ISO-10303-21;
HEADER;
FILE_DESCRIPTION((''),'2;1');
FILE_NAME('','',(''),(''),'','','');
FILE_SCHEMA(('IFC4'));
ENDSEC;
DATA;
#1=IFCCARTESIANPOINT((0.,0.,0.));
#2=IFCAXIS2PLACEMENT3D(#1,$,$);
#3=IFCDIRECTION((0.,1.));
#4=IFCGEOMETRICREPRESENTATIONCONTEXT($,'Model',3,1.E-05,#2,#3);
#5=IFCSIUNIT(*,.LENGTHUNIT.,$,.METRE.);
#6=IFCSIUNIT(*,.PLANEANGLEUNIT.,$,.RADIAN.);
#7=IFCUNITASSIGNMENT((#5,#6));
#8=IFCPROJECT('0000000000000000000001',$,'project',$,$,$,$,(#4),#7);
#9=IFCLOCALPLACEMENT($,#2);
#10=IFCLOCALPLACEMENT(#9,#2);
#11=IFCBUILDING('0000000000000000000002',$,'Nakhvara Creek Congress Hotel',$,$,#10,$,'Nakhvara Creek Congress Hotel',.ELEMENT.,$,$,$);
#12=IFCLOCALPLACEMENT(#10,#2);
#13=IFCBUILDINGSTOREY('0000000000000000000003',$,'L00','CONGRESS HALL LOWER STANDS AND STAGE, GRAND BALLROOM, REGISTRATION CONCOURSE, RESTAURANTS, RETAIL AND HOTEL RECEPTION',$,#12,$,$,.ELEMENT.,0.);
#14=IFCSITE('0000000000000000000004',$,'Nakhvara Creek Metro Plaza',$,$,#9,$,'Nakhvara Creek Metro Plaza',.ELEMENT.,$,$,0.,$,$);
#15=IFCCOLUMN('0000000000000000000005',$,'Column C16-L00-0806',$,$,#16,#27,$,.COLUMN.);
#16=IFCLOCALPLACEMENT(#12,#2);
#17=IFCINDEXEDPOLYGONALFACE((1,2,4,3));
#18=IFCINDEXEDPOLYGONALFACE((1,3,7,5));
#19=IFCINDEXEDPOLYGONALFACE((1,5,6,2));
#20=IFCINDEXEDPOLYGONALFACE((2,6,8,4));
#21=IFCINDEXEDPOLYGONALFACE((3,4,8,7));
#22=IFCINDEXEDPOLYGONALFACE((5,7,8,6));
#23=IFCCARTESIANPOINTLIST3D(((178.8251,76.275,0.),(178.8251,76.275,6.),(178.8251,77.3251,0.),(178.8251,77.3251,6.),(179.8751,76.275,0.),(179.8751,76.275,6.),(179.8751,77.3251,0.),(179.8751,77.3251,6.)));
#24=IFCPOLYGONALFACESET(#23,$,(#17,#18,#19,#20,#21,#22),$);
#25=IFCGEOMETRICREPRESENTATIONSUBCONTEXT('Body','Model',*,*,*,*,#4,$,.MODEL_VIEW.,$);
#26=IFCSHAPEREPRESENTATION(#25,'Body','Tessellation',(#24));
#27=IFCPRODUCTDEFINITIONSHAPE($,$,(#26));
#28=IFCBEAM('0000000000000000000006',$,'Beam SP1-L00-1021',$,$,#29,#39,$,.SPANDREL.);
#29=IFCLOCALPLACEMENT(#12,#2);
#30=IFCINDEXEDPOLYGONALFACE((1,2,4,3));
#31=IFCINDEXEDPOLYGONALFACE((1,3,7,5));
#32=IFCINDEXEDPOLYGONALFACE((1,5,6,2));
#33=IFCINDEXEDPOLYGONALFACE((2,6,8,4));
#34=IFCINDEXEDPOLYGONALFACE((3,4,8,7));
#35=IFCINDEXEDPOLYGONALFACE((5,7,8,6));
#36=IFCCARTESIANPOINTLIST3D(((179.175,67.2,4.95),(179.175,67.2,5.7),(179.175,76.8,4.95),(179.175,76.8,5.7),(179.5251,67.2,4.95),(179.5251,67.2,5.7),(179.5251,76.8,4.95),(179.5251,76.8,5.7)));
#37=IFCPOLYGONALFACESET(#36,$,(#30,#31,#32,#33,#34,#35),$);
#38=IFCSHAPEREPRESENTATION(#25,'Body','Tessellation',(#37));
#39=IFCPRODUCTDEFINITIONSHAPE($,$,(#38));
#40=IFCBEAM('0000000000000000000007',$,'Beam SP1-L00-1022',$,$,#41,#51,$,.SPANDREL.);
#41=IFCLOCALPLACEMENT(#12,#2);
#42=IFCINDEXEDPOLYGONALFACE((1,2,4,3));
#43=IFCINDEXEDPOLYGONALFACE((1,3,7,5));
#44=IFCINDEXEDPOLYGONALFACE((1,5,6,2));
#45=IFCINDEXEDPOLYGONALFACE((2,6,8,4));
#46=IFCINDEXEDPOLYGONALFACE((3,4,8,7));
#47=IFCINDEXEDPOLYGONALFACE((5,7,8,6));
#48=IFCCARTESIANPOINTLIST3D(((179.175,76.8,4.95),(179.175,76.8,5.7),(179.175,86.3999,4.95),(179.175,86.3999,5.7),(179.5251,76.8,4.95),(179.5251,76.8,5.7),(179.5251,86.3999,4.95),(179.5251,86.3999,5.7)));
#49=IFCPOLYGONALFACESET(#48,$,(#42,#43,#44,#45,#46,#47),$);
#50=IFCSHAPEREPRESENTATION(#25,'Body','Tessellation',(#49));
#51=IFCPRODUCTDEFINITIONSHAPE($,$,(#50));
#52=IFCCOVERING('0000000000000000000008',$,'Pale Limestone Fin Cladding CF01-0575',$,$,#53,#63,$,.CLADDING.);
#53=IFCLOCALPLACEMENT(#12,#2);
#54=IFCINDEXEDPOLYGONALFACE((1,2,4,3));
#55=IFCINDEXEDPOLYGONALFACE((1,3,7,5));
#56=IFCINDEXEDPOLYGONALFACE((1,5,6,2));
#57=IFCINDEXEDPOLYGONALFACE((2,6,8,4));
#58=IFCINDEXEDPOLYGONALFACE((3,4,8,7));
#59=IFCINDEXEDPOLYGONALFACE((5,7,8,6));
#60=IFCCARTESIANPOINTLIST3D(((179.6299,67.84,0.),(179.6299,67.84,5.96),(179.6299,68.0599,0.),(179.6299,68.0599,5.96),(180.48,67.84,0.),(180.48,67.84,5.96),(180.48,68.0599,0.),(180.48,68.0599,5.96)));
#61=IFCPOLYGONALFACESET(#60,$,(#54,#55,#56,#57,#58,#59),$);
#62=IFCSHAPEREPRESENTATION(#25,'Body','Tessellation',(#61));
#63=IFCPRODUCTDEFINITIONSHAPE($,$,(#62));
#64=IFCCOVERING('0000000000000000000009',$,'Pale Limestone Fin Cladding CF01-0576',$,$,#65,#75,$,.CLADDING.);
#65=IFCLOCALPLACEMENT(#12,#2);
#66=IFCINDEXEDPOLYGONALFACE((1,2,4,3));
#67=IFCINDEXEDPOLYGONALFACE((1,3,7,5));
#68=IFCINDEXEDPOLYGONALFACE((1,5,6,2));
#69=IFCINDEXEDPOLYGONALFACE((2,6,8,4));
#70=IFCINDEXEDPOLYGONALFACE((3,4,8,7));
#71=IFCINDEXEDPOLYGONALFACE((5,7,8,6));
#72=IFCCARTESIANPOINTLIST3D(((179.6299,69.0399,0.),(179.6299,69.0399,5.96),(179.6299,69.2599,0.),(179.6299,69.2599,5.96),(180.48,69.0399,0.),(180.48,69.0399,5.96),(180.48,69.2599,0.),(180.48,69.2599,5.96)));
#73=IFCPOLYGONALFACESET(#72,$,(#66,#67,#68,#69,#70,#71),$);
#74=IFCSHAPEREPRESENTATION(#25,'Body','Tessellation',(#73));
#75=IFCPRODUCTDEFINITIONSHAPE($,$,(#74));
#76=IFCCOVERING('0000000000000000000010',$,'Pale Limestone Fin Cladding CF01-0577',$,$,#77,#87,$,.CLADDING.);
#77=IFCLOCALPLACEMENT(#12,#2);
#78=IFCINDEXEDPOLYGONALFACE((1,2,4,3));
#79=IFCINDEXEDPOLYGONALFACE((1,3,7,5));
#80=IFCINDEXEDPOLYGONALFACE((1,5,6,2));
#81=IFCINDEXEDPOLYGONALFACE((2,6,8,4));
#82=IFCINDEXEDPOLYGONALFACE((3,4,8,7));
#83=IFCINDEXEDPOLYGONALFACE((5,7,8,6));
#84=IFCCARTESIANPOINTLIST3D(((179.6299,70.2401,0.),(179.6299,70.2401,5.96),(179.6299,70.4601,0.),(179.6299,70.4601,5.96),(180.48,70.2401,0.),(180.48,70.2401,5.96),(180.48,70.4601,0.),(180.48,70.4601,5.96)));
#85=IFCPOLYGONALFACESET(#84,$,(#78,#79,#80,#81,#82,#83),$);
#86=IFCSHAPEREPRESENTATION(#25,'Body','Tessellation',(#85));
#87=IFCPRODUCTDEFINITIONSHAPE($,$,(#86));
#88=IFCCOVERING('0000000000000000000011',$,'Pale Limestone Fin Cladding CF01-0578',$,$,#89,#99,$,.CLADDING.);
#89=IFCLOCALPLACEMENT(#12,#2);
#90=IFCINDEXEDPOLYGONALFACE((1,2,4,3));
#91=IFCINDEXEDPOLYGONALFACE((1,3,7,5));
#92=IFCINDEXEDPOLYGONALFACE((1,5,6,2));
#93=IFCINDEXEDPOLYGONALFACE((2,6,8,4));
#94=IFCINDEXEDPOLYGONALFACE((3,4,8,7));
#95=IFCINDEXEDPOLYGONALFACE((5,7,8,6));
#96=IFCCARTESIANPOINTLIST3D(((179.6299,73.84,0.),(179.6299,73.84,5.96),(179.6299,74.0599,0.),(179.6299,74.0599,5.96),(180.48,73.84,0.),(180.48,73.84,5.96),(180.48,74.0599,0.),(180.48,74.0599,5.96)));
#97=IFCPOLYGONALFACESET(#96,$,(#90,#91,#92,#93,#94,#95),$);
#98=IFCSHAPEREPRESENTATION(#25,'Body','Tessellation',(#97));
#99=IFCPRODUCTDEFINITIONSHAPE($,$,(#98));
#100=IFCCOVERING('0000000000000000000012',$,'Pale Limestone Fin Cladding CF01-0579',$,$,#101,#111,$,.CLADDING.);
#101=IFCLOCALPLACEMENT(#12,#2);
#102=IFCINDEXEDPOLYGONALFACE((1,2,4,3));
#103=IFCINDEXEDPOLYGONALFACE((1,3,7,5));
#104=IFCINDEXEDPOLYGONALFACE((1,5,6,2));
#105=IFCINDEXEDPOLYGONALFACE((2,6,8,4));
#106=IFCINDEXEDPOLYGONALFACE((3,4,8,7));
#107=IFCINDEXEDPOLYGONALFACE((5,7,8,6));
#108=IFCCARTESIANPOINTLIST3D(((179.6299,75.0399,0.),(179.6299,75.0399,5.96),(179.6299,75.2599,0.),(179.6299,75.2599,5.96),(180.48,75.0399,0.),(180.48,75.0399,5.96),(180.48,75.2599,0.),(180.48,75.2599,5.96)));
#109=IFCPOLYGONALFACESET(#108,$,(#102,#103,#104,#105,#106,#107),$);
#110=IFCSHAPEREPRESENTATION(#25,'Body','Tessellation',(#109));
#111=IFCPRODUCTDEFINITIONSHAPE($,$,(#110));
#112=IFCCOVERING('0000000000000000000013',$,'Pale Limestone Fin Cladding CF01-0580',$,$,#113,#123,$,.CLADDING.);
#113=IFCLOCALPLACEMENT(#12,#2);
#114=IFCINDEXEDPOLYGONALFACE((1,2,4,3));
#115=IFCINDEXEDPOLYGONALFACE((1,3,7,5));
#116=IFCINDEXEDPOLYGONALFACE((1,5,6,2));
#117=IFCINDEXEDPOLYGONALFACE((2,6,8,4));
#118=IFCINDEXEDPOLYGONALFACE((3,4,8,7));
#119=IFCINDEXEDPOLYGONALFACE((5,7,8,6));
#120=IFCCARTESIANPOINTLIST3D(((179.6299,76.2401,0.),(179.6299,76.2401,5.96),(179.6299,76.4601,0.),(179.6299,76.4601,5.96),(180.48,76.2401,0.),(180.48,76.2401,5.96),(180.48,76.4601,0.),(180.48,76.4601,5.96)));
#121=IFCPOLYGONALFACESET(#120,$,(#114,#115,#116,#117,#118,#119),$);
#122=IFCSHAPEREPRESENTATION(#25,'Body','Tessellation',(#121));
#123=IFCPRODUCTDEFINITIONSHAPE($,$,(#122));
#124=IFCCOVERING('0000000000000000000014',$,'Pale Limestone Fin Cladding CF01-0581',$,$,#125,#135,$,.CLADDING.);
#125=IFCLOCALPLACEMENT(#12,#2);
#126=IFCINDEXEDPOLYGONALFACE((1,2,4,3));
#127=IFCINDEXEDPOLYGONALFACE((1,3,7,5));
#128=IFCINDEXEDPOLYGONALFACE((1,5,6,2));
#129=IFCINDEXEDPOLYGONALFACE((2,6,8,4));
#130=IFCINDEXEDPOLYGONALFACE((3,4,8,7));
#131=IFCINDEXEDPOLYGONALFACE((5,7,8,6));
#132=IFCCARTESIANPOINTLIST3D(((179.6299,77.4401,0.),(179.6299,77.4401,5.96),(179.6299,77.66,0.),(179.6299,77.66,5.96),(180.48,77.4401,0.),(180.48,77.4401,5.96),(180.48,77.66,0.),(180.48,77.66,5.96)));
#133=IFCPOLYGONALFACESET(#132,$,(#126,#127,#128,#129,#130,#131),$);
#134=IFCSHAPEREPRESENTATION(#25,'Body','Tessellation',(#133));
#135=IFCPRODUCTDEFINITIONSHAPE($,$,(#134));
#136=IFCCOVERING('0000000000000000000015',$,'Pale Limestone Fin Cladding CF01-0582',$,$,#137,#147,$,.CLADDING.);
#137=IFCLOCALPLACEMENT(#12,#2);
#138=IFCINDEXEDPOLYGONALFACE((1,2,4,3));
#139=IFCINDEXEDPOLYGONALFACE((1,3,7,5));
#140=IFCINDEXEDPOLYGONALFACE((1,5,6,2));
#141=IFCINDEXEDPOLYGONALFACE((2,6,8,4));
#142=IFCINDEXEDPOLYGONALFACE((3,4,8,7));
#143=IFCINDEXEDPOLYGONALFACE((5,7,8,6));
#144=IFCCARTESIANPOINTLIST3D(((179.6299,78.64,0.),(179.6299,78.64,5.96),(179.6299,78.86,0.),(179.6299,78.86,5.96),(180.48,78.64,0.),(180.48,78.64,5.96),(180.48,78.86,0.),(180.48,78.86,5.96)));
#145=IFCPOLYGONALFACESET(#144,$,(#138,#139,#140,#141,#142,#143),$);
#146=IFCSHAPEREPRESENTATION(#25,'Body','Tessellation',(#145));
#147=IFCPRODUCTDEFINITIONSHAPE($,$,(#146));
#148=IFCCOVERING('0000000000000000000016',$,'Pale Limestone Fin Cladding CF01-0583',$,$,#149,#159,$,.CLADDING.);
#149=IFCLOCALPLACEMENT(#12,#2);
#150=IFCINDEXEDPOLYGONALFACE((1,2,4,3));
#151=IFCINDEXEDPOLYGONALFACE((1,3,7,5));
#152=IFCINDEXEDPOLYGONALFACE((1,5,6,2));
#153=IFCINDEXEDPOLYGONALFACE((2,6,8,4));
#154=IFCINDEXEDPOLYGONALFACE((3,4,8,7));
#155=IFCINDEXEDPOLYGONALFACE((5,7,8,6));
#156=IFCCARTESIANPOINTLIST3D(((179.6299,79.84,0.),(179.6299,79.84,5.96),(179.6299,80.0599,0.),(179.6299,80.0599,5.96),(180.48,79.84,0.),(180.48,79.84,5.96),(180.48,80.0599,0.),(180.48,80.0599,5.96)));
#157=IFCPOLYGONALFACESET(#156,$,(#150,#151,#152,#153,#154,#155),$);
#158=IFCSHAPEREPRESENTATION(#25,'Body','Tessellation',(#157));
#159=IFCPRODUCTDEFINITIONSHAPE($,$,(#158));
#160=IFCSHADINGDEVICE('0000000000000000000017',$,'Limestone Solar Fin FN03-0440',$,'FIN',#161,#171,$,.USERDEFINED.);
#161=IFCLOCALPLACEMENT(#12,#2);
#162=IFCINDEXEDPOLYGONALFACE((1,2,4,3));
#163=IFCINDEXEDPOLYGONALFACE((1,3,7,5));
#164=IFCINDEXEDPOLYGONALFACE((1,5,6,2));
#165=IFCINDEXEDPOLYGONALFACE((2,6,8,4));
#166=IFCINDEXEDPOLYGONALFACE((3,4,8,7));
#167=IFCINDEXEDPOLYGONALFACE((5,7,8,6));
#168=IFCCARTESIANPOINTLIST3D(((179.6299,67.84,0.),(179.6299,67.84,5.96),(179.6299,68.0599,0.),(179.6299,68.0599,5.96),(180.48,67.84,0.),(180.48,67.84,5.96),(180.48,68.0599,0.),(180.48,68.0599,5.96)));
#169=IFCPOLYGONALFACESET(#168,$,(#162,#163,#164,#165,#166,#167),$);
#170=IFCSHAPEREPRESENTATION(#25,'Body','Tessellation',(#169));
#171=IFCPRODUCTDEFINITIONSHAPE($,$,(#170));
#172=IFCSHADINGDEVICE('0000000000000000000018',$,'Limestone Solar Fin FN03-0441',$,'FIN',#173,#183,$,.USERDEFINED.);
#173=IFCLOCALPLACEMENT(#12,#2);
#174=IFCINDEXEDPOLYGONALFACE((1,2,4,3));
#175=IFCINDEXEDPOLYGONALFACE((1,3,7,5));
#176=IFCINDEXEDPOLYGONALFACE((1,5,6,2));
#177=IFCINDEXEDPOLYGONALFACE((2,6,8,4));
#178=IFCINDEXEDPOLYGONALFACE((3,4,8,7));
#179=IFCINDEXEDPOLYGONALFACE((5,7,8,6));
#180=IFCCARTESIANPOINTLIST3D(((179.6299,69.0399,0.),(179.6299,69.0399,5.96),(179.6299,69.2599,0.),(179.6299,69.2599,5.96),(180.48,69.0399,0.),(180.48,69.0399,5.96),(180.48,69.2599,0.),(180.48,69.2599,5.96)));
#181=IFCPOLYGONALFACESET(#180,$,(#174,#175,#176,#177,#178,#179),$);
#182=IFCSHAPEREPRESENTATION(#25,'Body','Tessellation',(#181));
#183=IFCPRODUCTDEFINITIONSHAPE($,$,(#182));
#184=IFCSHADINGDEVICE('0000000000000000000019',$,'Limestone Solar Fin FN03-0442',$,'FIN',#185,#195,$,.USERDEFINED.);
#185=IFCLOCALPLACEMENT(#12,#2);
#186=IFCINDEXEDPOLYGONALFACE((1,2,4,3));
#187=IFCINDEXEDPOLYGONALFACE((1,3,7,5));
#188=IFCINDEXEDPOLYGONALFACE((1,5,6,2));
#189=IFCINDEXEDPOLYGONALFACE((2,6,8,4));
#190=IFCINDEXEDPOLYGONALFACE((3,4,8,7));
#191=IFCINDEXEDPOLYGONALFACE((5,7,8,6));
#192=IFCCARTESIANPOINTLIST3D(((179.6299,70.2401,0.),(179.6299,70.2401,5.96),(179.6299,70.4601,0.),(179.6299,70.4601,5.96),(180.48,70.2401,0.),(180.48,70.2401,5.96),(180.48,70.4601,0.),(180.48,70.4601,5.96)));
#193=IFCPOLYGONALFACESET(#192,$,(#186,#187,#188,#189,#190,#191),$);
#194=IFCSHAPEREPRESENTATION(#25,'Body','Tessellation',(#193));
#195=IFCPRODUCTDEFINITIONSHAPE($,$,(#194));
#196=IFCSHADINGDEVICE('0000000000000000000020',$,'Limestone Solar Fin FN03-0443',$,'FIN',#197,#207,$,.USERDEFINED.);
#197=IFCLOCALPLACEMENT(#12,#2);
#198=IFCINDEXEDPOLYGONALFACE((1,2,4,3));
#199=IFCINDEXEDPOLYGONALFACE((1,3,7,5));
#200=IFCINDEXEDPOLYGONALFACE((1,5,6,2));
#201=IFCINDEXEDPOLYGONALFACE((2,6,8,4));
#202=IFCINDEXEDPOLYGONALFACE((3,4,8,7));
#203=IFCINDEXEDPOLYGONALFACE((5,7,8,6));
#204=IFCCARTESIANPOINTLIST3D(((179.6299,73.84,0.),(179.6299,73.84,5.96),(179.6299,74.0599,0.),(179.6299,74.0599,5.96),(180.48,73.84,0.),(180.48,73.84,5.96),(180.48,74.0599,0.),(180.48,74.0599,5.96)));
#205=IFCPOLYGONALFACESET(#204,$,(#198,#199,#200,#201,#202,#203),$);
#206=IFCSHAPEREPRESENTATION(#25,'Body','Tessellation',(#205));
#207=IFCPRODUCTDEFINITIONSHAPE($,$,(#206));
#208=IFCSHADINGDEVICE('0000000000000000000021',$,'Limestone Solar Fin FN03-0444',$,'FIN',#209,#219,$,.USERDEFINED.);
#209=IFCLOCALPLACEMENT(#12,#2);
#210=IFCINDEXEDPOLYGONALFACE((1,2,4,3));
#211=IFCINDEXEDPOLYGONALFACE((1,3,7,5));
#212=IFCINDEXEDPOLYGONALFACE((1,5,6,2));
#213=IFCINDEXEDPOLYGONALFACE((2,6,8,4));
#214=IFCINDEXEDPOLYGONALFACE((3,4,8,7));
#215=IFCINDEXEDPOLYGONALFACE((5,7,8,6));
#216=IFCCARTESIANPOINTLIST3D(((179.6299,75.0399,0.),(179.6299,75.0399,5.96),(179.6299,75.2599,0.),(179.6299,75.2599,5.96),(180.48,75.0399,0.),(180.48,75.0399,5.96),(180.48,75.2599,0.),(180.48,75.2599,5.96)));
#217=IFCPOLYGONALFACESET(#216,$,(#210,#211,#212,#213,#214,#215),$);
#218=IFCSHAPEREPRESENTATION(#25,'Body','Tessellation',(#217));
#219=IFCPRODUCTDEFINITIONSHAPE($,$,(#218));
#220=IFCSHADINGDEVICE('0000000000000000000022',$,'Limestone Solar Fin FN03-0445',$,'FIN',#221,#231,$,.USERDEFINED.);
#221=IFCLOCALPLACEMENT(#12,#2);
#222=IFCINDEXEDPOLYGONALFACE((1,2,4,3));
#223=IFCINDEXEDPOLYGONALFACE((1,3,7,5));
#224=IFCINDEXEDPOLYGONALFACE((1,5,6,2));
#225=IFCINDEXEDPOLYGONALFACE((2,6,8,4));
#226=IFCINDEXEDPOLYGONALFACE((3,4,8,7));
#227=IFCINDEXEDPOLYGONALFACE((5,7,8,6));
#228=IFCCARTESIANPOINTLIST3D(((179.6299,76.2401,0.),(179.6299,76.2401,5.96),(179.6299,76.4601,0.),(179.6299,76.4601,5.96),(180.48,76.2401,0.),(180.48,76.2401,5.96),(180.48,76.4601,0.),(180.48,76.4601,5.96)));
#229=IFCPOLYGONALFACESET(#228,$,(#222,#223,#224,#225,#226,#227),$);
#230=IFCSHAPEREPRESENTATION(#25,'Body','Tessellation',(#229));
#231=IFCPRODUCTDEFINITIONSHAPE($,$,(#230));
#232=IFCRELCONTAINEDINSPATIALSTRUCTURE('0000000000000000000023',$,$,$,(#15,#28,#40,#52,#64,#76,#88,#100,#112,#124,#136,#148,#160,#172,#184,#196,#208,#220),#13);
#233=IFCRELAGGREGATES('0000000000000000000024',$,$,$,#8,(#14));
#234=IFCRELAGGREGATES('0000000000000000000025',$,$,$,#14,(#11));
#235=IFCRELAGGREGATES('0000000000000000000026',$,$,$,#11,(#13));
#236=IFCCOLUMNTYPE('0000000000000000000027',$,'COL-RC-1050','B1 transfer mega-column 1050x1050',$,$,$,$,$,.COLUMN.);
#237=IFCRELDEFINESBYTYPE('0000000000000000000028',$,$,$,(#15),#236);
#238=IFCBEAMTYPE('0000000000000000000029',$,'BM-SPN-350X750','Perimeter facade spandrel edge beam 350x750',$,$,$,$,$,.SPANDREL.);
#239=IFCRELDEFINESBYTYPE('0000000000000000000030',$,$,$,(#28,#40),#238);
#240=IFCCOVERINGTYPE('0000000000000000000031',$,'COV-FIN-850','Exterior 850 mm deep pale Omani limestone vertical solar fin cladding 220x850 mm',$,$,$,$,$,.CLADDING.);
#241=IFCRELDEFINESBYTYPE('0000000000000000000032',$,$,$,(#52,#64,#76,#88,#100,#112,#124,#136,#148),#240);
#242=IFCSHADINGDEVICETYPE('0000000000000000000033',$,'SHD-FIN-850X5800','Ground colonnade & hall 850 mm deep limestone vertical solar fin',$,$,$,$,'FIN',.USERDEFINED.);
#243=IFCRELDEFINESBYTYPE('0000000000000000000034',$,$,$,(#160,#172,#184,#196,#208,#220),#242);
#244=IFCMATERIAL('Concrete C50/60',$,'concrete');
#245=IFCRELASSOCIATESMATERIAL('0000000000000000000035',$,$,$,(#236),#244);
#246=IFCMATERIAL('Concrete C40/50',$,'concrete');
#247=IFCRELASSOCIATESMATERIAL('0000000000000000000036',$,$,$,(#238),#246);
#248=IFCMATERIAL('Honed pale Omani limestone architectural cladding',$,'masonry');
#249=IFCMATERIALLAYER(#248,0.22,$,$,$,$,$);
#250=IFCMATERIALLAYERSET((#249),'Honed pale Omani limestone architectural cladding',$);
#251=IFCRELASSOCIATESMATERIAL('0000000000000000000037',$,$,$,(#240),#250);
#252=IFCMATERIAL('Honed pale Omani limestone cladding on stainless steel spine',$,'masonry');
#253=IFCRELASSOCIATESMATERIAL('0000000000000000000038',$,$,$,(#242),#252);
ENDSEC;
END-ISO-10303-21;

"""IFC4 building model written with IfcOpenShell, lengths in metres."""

from ifc_helpers import new_model, si_unit, direction, frame, origin, origin_2d, place, context, subcontext, project, spatial, rectangle, extrude, material, layer, layer_set, material_profile, profile_set, type_object, element, save


model = new_model("IFC4")

# Units and contexts
model_context = context("Model", 3, precision=1e-05, world=origin(), true_north=direction((0.0, 1.0)))
body_context = subcontext(model_context, "Body", "Model", "MODEL_VIEW")
ifc_project = project(units=[si_unit("LENGTHUNIT", "METRE"), si_unit("PLANEANGLEUNIT", "RADIAN")], contexts=[model_context])

# Site, building, storey
site_placement = place(None, origin())
site = spatial("IfcSite", under=ifc_project, at=site_placement, Name="Nakhvara Creek Metro Plaza", LongName="Nakhvara Creek Metro Plaza", CompositionType="ELEMENT", RefElevation=0.0)
building_placement = place(site_placement, origin())
building = spatial("IfcBuilding", under=site, at=building_placement, Name="Nakhvara Creek Congress Hotel", LongName="Nakhvara Creek Congress Hotel", CompositionType="ELEMENT")
storey_placement = place(building_placement, origin())
storey = spatial("IfcBuildingStorey", under=building, at=storey_placement, Name="L00", Description="CONGRESS HALL LOWER STANDS AND STAGE, GRAND BALLROOM, REGISTRATION CONCOURSE, RESTAURANTS, RETAIL AND HOTEL RECEPTION", CompositionType="ELEMENT", Elevation=0.0)

# Column
ifc_material_1 = material(Name="Concrete C50/60", Category="concrete")
ifc_material_profile_1 = material_profile(ifc_material_1, rectangle(XDim=1.05, YDim=1.05, at=origin_2d()), Name="RC-COL 1050x1050", Category="LoadBearing")
ifc_profile_set_1 = profile_set([ifc_material_profile_1], Name="Concrete C50/60")
column_type = type_object("IfcColumnType", Name="COL-RC-1050", Description="B1 transfer mega-column 1050x1050", PredefinedType="COLUMN", material=ifc_profile_set_1)
column_placement = place(storey_placement, frame((179.3501, 76.8, 0.0), z_axis=(0.0, 0.0, 1.0), x_axis=(1.0, 0.0, 0.0)))
element("IfcColumn", 1, at=column_placement, inside=storey, type_object=column_type, Name="Column C16-L00-0806", PredefinedType="COLUMN", context=body_context, shape_type="SweptSolid", body=[
    extrude(rectangle(XDim=1.05, YDim=1.05, at=origin_2d()), origin(), (0.0, 0.0, 1.0), 6.0),
])

# Beams
ifc_material_2 = material(Name="Concrete C40/50", Category="concrete")
ifc_material_profile_2 = material_profile(ifc_material_2, rectangle(XDim=0.3501, YDim=0.75, at=origin_2d()), Name="RC-SPANDREL 350x750", Category="LoadBearing")
ifc_profile_set_2 = profile_set([ifc_material_profile_2], Name="Concrete C40/50")
beam_type = type_object("IfcBeamType", Name="BM-SPN-350X750", Description="Perimeter facade spandrel edge beam 350x750", PredefinedType="SPANDREL", material=ifc_profile_set_2)
beam_1_placement = place(storey_placement, frame((179.3501, 67.2, 5.325), z_axis=(0.0, 1.0, 0.0), x_axis=(-1.0, 0.0, 0.0)))
element("IfcBeam", 2, at=beam_1_placement, inside=storey, type_object=beam_type, Name="Beam SP1-L00-1021", PredefinedType="SPANDREL", context=body_context, shape_type="SweptSolid", body=[
    extrude(rectangle(XDim=0.3501, YDim=0.75, at=origin_2d()), origin(), (0.0, 0.0, 1.0), 9.6001),
])
beam_2_placement = place(storey_placement, frame((179.3501, 76.8, 5.325), z_axis=(0.0, 1.0, 0.0), x_axis=(-1.0, 0.0, 0.0)))
element("IfcBeam", 3, at=beam_2_placement, inside=storey, type_object=beam_type, Name="Beam SP1-L00-1022", PredefinedType="SPANDREL", context=body_context, shape_type="SweptSolid", body=[
    extrude(rectangle(XDim=0.3501, YDim=0.75, at=origin_2d()), origin(), (0.0, 0.0, 1.0), 9.5999),
])

# Coverings
ifc_material_3 = material(Name="Honed pale Omani limestone architectural cladding", Category="masonry")
ifc_layer = layer(ifc_material_3, 0.22)
ifc_layer_set = layer_set([ifc_layer], Name="Honed pale Omani limestone architectural cladding")
covering_type = type_object("IfcCoveringType", Name="COV-FIN-850", Description="Exterior 850 mm deep pale Omani limestone vertical solar fin cladding 220x850 mm", PredefinedType="CLADDING", material=ifc_layer_set)
for number, where, z_axis, x_axis, name in (
    (4, (180.0549, 67.95, 0.0), (0.0, 0.0, 1.0), (0.0, 1.0, 0.0), "Pale Limestone Fin Cladding CF01-0575"),
    (5, (180.0549, 69.1499, 0.0), (0.0, 0.0, 1.0), (0.0, 1.0, 0.0), "Pale Limestone Fin Cladding CF01-0576"),
    (6, (180.0549, 70.3501, 0.0), (0.0, 0.0, 1.0), (0.0, 1.0, 0.0), "Pale Limestone Fin Cladding CF01-0577"),
    (7, (180.0549, 73.95, 0.0), (0.0, 0.0, 1.0), (0.0, 1.0, 0.0), "Pale Limestone Fin Cladding CF01-0578"),
    (8, (180.0549, 75.1499, 0.0), (0.0, 0.0, 1.0), (0.0, 1.0, 0.0), "Pale Limestone Fin Cladding CF01-0579"),
    (9, (180.0549, 76.3501, 0.0), (0.0, 0.0, 1.0), (0.0, 1.0, 0.0), "Pale Limestone Fin Cladding CF01-0580"),
    (10, (180.0549, 77.55, 0.0), (0.0, 0.0, 1.0), (0.0, 1.0, 0.0), "Pale Limestone Fin Cladding CF01-0581"),
    (11, (180.0549, 78.75, 0.0), (0.0, 0.0, 1.0), (0.0, 1.0, 0.0), "Pale Limestone Fin Cladding CF01-0582"),
    (12, (180.0549, 79.95, 0.0), (0.0, 0.0, 1.0), (0.0, 1.0, 0.0), "Pale Limestone Fin Cladding CF01-0583"),
):
    element("IfcCovering", number, at=place(storey_placement, frame(where, z_axis=z_axis, x_axis=x_axis)), inside=storey, type_object=covering_type, Name=name, PredefinedType="CLADDING", context=body_context, shape_type="SweptSolid", body=[
        extrude(rectangle(XDim=0.22, YDim=0.8501, at=origin_2d()), origin(), (0.0, 0.0, 1.0), 5.96),
    ])

# Shading devices
ifc_material_4 = material(Name="Honed pale Omani limestone cladding on stainless steel spine", Category="masonry")
shading_device_type = type_object("IfcShadingDeviceType", Name="SHD-FIN-850X5800", Description="Ground colonnade & hall 850 mm deep limestone vertical solar fin", ElementType="FIN", PredefinedType="USERDEFINED", material=ifc_material_4)
for number, where, z_axis, x_axis, name in (
    (13, (180.0549, 67.95, 0.0), (0.0, 0.0, 1.0), (0.0, 1.0, 0.0), "Limestone Solar Fin FN03-0440"),
    (14, (180.0549, 69.1499, 0.0), (0.0, 0.0, 1.0), (0.0, 1.0, 0.0), "Limestone Solar Fin FN03-0441"),
    (15, (180.0549, 70.3501, 0.0), (0.0, 0.0, 1.0), (0.0, 1.0, 0.0), "Limestone Solar Fin FN03-0442"),
    (16, (180.0549, 73.95, 0.0), (0.0, 0.0, 1.0), (0.0, 1.0, 0.0), "Limestone Solar Fin FN03-0443"),
    (17, (180.0549, 75.1499, 0.0), (0.0, 0.0, 1.0), (0.0, 1.0, 0.0), "Limestone Solar Fin FN03-0444"),
    (18, (180.0549, 76.3501, 0.0), (0.0, 0.0, 1.0), (0.0, 1.0, 0.0), "Limestone Solar Fin FN03-0445"),
):
    element("IfcShadingDevice", number, at=place(storey_placement, frame(where, z_axis=z_axis, x_axis=x_axis)), inside=storey, type_object=shading_device_type, Name=name, ObjectType="FIN", PredefinedType="USERDEFINED", context=body_context, shape_type="SweptSolid", body=[
        extrude(rectangle(XDim=0.22, YDim=0.8501, at=origin_2d()), origin(), (0.0, 0.0, 1.0), 5.96),
    ])

save(model, "model.ifc")
